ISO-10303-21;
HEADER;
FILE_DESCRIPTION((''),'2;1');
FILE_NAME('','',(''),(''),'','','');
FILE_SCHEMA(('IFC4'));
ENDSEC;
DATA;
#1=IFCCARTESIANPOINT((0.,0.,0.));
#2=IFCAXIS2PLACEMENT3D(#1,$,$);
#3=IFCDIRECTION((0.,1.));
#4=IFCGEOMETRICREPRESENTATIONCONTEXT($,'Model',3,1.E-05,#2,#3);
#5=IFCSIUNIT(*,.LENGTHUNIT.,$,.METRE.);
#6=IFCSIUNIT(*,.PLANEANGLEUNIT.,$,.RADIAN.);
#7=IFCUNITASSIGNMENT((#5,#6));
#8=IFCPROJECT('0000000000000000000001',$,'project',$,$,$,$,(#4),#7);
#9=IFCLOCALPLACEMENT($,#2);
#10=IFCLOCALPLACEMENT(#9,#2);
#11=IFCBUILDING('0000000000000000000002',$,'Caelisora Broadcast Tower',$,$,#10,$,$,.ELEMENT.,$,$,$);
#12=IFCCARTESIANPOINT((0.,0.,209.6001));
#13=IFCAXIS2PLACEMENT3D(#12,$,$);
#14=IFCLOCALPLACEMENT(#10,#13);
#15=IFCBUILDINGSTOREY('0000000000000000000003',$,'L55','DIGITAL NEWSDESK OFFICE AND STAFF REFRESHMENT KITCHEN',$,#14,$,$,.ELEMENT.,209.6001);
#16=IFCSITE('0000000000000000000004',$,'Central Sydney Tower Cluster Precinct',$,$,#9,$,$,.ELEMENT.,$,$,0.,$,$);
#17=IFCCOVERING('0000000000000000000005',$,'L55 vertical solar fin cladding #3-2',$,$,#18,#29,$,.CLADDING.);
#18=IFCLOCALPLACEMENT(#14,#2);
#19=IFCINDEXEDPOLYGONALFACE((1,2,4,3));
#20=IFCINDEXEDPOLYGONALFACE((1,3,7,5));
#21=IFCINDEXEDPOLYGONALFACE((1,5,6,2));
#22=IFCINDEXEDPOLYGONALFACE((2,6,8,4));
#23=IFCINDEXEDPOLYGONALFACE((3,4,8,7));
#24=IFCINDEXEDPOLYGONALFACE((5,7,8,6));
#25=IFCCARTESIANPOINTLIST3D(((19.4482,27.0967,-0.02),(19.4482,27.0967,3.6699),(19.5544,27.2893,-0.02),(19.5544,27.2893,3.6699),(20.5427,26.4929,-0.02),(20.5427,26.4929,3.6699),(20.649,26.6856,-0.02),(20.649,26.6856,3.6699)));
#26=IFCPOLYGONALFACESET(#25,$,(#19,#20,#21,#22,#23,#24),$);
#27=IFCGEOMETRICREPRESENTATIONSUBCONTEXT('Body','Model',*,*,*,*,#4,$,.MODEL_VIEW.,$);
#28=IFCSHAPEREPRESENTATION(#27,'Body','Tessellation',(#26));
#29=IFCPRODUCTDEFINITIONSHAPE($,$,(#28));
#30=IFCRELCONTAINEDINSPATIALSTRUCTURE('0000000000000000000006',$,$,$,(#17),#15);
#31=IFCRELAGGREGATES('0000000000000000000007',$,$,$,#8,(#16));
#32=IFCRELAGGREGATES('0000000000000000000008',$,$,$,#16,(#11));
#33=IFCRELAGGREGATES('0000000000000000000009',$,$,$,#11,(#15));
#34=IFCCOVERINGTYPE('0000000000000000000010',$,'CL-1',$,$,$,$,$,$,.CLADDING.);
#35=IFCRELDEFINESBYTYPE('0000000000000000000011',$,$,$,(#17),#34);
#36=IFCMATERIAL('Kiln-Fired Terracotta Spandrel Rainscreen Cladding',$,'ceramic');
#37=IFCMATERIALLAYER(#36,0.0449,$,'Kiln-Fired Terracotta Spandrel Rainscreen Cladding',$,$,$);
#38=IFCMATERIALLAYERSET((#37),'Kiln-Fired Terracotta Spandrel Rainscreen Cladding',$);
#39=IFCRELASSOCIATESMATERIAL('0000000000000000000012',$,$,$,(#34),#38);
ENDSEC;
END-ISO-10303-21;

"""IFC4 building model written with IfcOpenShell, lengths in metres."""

from ifc_helpers import new_model, si_unit, direction, frame, origin, origin_2d, place, context, subcontext, project, spatial, rectangle, extrude, source, transform, mapped, material, layer, layer_set, type_object, type_shapes, element, save


model = new_model("IFC4")

# Units and contexts
model_context = context("Model", 3, precision=1e-05, world=origin(), true_north=direction((0.0, 1.0)))
body_context = subcontext(model_context, "Body", "Model", "MODEL_VIEW")
ifc_project = project(units=[si_unit("LENGTHUNIT", "METRE"), si_unit("PLANEANGLEUNIT", "RADIAN")], contexts=[model_context])

# Site, building, storey
site_placement = place(None, origin())
site = spatial("IfcSite", under=ifc_project, at=site_placement, Name="Central Sydney Tower Cluster Precinct", CompositionType="ELEMENT", RefElevation=0.0)
building_placement = place(site_placement, origin())
building = spatial("IfcBuilding", under=site, at=building_placement, Name="Caelisora Broadcast Tower", CompositionType="ELEMENT")
storey_placement = place(building_placement, frame((0.0, 0.0, 209.6001)))
storey = spatial("IfcBuildingStorey", under=building, at=storey_placement, Name="L55", Description="DIGITAL NEWSDESK OFFICE AND STAFF REFRESHMENT KITCHEN", CompositionType="ELEMENT", Elevation=209.6001)

# Covering
ifc_material_1 = material(Name="Kiln-Fired Terracotta Spandrel Rainscreen Cladding", Category="ceramic")
ifc_layer_1 = layer(ifc_material_1, 0.0449, Name="Kiln-Fired Terracotta Spandrel Rainscreen Cladding")
ifc_layer_set_1 = layer_set([ifc_layer_1], Name="Kiln-Fired Terracotta Spandrel Rainscreen Cladding")
covering_type = type_object("IfcCoveringType", Name="CL-1", PredefinedType="CLADDING", material=ifc_layer_set_1)
shared_shape_1 = source(origin(), body_context, "Body", "SweptSolid", [
    extrude(rectangle(XDim=0.22, YDim=1.25, at=origin_2d()), origin(), (0.0, 0.0, 1.0), 3.6899),
])
type_shapes(covering_type, [shared_shape_1])
covering_placement = place(storey_placement, frame((20.0486, 26.8911, -0.02), z_axis=(0.0, 0.0, 1.0), x_axis=(0.482977, 0.875633, 0.0)))
element("IfcCovering", 1, at=covering_placement, inside=storey, type_object=covering_type, Name="L55 vertical solar fin cladding #3-2", PredefinedType="CLADDING", context=body_context, shape_type="MappedRepresentation", body=[
    mapped(shared_shape_1, transform((0.0, 0.0, 0.0), scale=1.0)),
])

save(model, "model.ifc")
